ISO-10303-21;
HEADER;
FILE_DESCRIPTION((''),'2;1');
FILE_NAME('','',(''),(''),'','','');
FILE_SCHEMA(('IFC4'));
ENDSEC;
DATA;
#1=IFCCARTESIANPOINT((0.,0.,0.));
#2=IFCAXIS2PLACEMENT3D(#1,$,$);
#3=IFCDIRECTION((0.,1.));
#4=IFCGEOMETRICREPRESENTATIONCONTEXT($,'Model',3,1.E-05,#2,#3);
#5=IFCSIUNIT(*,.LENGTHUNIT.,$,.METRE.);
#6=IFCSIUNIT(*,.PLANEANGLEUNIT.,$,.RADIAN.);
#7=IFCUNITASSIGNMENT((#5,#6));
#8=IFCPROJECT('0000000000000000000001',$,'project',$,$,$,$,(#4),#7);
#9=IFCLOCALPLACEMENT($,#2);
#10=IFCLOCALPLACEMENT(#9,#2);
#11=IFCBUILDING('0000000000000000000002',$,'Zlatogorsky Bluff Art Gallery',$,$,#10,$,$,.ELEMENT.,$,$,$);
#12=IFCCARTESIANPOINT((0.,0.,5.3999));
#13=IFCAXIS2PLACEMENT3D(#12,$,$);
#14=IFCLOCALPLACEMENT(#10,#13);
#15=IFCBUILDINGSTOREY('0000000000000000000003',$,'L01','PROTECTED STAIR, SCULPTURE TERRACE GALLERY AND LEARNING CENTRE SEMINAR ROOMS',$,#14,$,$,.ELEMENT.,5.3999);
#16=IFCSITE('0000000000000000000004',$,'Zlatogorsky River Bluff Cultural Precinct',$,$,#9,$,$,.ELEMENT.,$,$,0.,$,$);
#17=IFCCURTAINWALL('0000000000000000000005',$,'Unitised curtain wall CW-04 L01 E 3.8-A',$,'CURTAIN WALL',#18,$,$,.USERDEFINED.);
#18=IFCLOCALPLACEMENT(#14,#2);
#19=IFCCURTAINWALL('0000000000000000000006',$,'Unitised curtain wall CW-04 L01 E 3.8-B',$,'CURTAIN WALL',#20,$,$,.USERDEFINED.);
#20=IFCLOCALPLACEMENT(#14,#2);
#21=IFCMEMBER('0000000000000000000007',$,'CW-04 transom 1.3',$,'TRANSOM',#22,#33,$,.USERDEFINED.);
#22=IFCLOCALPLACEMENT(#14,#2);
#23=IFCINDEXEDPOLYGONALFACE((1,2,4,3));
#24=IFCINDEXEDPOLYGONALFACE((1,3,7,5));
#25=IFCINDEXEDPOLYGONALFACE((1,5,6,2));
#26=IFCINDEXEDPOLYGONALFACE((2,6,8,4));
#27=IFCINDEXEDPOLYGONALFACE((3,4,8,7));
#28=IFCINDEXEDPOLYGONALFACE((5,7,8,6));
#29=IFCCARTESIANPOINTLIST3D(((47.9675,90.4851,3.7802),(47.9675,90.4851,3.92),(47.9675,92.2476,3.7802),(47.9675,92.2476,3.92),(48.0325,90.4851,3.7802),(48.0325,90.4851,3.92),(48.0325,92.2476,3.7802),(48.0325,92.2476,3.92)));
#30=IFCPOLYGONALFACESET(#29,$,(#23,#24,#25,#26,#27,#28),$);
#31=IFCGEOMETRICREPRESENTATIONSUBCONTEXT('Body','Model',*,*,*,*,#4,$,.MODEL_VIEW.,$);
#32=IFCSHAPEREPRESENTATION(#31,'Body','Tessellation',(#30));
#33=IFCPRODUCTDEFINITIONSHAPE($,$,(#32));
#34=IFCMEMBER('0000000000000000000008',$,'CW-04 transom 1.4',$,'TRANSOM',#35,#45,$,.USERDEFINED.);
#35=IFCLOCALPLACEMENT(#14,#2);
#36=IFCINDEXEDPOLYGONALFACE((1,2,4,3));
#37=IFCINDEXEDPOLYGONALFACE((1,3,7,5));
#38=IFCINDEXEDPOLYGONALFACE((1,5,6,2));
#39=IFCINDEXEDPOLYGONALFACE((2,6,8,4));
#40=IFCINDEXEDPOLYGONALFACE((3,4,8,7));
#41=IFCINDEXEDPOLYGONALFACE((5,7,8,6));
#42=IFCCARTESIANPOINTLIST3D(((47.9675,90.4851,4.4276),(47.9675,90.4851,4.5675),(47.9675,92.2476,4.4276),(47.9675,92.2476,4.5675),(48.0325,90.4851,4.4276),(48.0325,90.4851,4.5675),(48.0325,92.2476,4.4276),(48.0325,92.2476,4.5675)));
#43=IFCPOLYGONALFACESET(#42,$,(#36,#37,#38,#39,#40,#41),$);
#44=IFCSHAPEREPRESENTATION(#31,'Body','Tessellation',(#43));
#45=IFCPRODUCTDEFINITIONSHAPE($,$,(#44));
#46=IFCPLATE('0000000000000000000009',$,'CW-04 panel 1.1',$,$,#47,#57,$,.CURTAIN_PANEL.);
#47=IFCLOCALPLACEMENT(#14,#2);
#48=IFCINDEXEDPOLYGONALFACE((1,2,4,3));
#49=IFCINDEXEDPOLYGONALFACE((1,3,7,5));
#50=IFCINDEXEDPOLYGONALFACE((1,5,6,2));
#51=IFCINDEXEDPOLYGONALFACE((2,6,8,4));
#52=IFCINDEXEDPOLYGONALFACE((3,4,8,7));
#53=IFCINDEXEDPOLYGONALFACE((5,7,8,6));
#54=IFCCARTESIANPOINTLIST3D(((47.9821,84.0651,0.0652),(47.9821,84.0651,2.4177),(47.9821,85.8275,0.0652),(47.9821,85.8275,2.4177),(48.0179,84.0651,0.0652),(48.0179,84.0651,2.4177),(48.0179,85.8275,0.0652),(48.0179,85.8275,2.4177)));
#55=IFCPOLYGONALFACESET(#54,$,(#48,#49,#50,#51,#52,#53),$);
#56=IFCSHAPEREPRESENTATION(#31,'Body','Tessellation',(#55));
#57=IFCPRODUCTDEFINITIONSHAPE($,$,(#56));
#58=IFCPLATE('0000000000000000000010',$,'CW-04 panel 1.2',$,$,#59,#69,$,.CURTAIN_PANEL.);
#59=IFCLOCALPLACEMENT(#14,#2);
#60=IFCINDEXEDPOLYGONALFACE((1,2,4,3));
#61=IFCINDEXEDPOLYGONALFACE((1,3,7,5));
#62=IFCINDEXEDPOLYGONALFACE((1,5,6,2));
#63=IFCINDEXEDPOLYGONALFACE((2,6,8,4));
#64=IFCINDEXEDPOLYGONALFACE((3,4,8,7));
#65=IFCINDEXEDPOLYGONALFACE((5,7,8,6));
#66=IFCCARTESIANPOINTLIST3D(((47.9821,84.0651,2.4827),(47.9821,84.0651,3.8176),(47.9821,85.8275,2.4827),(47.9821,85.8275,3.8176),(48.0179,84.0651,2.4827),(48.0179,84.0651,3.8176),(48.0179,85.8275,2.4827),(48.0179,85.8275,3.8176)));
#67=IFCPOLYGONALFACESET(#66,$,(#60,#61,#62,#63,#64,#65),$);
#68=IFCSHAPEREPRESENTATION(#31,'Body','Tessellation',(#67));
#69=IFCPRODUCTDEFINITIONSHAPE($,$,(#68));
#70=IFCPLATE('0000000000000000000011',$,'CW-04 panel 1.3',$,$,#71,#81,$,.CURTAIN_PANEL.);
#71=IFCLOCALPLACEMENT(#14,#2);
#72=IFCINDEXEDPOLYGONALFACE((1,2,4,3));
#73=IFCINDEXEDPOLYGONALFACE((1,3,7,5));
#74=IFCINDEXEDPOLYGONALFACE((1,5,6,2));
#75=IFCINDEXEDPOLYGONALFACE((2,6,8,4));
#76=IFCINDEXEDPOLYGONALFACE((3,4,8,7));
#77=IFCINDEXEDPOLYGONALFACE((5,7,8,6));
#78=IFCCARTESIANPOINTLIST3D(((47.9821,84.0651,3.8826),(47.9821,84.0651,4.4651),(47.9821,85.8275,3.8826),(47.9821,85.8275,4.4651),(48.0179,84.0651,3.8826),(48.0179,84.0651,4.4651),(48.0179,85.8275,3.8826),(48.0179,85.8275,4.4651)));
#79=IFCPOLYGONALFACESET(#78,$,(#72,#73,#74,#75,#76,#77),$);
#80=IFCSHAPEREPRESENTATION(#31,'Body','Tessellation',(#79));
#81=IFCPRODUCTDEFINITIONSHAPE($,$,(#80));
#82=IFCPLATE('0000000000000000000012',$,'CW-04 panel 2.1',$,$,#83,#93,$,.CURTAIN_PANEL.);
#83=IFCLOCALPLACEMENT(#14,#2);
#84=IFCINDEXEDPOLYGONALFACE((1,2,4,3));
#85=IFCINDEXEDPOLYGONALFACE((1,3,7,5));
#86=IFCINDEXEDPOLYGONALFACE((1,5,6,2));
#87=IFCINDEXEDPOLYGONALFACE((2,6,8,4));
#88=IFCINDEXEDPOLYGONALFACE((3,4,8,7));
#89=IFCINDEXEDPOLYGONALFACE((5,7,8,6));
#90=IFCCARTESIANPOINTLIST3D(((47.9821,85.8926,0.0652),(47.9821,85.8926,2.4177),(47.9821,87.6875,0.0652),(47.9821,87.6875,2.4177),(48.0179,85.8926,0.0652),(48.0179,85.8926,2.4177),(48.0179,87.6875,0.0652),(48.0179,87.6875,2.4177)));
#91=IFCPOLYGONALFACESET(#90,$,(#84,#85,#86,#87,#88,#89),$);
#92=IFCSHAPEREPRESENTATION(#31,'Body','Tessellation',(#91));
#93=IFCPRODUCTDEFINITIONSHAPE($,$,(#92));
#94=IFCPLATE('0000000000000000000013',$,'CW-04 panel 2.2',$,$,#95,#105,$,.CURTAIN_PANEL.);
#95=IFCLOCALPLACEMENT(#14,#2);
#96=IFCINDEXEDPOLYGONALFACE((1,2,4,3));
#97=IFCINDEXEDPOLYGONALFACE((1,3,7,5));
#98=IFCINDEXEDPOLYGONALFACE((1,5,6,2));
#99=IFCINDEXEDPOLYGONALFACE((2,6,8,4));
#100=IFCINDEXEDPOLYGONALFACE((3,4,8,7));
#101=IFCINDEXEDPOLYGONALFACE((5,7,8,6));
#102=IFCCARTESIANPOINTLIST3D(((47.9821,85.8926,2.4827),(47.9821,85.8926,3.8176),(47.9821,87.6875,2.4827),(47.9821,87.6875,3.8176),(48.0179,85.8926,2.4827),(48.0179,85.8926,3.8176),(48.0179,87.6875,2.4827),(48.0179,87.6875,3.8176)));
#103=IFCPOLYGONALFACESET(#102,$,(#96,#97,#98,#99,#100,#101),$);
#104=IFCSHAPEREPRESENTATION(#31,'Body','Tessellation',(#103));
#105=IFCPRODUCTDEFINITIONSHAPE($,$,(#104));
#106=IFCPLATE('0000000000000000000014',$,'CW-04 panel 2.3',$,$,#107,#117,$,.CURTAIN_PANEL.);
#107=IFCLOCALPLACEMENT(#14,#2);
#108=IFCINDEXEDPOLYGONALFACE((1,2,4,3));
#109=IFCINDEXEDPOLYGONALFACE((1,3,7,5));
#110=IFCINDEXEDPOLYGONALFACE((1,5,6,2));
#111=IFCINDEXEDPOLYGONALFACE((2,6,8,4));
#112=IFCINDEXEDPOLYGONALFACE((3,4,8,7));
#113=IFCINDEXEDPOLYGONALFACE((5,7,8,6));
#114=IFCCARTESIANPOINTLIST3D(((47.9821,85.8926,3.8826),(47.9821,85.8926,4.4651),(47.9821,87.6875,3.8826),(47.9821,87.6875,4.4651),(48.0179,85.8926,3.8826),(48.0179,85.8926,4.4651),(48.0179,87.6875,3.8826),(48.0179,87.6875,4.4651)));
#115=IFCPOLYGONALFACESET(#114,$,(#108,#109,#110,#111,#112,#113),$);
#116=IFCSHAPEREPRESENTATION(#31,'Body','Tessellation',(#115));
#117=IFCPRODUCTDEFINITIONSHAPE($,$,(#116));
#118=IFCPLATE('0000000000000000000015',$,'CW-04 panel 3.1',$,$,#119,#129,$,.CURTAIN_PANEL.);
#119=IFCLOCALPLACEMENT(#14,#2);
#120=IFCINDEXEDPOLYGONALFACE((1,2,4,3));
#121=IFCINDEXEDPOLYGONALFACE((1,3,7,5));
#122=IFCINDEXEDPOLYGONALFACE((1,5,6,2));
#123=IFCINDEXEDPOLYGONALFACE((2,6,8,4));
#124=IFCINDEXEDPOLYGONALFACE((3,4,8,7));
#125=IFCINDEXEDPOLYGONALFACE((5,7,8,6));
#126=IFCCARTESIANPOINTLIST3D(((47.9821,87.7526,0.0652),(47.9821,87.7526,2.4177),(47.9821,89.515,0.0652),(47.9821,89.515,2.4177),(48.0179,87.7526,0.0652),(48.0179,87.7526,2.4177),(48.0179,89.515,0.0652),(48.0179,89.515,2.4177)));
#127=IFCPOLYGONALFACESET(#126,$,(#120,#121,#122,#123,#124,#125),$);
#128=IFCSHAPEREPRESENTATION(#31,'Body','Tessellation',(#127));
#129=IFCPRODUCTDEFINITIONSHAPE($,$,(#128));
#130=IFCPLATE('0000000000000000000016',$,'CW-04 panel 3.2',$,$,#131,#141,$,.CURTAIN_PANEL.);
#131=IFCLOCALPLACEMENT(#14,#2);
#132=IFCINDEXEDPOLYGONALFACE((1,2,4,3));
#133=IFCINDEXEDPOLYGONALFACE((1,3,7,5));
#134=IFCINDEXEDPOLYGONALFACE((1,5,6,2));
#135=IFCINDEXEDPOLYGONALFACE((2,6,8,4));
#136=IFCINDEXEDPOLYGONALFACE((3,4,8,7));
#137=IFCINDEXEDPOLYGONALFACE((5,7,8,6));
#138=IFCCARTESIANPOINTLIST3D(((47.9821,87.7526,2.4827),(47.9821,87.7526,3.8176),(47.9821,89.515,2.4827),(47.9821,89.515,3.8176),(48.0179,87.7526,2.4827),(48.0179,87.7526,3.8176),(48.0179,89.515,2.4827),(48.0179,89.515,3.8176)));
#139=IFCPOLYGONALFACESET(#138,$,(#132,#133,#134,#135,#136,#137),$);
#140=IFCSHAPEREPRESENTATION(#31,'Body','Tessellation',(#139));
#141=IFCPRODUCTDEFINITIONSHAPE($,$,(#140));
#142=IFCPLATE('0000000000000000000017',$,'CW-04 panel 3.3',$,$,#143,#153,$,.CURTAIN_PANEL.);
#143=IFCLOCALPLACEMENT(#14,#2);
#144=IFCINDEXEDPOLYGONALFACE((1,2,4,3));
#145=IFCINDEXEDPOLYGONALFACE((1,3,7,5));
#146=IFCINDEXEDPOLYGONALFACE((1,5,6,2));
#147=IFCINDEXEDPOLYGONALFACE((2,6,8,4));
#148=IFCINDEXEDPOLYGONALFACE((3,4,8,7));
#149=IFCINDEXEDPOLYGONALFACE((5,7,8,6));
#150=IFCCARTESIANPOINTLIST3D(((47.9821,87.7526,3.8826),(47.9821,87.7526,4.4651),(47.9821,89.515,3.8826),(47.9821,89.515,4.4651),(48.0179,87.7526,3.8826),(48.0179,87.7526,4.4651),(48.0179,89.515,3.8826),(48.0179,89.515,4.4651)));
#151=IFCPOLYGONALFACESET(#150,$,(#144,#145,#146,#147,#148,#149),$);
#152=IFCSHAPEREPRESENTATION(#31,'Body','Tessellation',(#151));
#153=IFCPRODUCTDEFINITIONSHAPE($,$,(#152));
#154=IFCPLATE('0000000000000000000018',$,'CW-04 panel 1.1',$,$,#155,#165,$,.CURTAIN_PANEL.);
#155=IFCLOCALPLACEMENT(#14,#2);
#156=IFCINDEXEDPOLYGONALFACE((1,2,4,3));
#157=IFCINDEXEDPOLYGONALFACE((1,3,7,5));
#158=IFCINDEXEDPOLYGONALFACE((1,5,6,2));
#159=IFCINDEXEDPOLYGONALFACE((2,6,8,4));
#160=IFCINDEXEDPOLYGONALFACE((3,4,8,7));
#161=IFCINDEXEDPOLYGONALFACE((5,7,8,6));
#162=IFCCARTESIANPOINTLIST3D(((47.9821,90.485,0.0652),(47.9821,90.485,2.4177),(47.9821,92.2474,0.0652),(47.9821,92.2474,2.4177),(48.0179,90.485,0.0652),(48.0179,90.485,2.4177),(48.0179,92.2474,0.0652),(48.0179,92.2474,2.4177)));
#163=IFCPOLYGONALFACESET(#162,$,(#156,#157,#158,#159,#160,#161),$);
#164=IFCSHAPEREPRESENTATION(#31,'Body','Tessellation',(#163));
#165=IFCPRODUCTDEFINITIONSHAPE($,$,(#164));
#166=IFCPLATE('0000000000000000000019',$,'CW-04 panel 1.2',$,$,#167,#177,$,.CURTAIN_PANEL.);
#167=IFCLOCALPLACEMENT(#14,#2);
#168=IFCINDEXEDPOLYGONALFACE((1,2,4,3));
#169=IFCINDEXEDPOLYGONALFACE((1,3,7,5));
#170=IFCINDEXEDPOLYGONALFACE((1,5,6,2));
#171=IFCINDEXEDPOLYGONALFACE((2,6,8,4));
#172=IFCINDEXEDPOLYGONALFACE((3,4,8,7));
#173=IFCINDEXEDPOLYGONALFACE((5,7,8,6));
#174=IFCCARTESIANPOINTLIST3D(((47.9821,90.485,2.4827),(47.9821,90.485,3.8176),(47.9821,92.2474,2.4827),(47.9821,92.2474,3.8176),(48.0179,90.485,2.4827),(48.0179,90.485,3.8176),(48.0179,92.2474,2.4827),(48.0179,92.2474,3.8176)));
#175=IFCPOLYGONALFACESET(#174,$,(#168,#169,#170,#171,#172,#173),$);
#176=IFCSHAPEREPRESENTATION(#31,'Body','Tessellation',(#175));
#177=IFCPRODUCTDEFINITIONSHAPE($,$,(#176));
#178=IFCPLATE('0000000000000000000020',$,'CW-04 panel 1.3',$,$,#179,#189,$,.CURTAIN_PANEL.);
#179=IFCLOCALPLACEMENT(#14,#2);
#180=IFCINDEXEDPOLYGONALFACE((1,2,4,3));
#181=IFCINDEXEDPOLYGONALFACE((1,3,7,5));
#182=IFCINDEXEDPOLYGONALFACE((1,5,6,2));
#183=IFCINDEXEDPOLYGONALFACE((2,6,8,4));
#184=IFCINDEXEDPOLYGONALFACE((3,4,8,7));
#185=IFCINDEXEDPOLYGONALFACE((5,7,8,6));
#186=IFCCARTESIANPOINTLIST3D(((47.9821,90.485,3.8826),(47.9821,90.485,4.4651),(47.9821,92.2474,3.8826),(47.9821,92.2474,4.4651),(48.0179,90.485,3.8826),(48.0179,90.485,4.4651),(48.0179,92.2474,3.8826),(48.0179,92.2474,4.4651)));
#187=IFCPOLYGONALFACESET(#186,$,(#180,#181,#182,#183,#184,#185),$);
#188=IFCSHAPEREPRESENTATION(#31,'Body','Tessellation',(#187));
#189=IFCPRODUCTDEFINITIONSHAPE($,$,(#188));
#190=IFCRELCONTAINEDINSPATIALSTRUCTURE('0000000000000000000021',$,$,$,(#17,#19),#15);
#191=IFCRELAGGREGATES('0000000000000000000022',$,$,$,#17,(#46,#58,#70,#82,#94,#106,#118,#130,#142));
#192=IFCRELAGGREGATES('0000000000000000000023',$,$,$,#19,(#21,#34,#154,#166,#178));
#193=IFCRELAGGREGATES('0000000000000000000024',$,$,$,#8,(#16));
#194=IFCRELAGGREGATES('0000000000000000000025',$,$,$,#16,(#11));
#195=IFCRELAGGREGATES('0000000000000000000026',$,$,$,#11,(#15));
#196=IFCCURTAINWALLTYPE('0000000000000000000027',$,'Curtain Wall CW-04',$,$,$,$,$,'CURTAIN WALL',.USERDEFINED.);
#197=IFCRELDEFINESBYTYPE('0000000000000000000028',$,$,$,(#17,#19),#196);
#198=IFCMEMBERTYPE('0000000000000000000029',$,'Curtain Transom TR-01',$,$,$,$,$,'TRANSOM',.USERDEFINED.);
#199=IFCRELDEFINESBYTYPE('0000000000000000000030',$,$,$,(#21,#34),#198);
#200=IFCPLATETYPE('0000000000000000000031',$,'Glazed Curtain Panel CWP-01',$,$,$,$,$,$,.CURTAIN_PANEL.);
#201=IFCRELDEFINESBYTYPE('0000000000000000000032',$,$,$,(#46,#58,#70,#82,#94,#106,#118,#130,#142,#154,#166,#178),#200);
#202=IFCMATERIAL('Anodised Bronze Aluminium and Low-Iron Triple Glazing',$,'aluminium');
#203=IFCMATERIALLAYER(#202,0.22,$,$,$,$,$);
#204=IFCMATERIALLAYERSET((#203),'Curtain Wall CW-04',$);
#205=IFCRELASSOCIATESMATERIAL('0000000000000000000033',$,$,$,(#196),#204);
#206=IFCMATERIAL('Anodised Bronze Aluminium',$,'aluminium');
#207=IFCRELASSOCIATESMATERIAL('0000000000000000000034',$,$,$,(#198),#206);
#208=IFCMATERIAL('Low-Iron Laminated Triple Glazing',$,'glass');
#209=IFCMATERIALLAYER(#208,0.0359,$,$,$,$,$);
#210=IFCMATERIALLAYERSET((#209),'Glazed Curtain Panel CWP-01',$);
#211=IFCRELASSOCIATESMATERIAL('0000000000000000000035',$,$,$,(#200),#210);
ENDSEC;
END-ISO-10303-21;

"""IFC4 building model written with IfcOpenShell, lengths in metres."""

from ifc_helpers import new_model, si_unit, direction, frame, origin, origin_2d, place, context, subcontext, project, spatial, rectangle, extrude, material, layer, layer_set, material_profile, profile_set, type_object, element, aggregate, save


model = new_model("IFC4")

# Units and contexts
model_context = context("Model", 3, precision=1e-05, world=origin(), true_north=direction((0.0, 1.0)))
body_context = subcontext(model_context, "Body", "Model", "MODEL_VIEW")
ifc_project = project(units=[si_unit("LENGTHUNIT", "METRE"), si_unit("PLANEANGLEUNIT", "RADIAN")], contexts=[model_context])

# Site, building, storey
site_placement = place(None, origin())
site = spatial("IfcSite", under=ifc_project, at=site_placement, Name="Zlatogorsky River Bluff Cultural Precinct", CompositionType="ELEMENT", RefElevation=0.0)
building_placement = place(site_placement, origin())
building = spatial("IfcBuilding", under=site, at=building_placement, Name="Zlatogorsky Bluff Art Gallery", CompositionType="ELEMENT")
storey_placement = place(building_placement, frame((0.0, 0.0, 5.3999)))
storey = spatial("IfcBuildingStorey", under=building, at=storey_placement, Name="L01", Description="PROTECTED STAIR, SCULPTURE TERRACE GALLERY AND LEARNING CENTRE SEMINAR ROOMS", CompositionType="ELEMENT", Elevation=5.3999)

# Curtain wall
ifc_material_1 = material(Name="Anodised Bronze Aluminium and Low-Iron Triple Glazing", Category="aluminium")
ifc_layer_1 = layer(ifc_material_1, 0.22)
ifc_layer_set_1 = layer_set([ifc_layer_1], Name="Curtain Wall CW-04")
curtain_wall_type = type_object("IfcCurtainWallType", Name="Curtain Wall CW-04", ElementType="CURTAIN WALL", PredefinedType="USERDEFINED", material=ifc_layer_set_1)
curtain_wall_1_placement = place(storey_placement, origin())
curtain_wall_1 = element("IfcCurtainWall", 1, at=curtain_wall_1_placement, inside=storey, type_object=curtain_wall_type, Name="Unitised curtain wall CW-04 L01 E 3.8-A", ObjectType="CURTAIN WALL", PredefinedType="USERDEFINED")
ifc_material_2 = material(Name="Anodised Bronze Aluminium", Category="aluminium")

# Curtain wall
curtain_wall_2_placement = place(storey_placement, origin())
curtain_wall_2 = element("IfcCurtainWall", 2, at=curtain_wall_2_placement, inside=storey, type_object=curtain_wall_type, Name="Unitised curtain wall CW-04 L01 E 3.8-B", ObjectType="CURTAIN WALL", PredefinedType="USERDEFINED")

# Members
ifc_material_profile_1 = material_profile(ifc_material_2, rectangle(XDim=0.0649, YDim=0.1399, at=origin_2d()), Name="ALU TRANSOM 65x140")
ifc_profile_set_1 = profile_set([ifc_material_profile_1], Name="Anodised Bronze Aluminium")
member_type_1 = type_object("IfcMemberType", Name="Curtain Transom TR-01", ElementType="TRANSOM", PredefinedType="USERDEFINED", material=ifc_profile_set_1)
member_1_placement = place(storey_placement, frame((48.0, 90.4851, 3.8501), z_axis=(0.0, 1.0, 0.0), x_axis=(-1.0, 0.0, 0.0)))
member_1 = element("IfcMember", 3, at=member_1_placement, type_object=member_type_1, Name="CW-04 transom 1.3", ObjectType="TRANSOM", PredefinedType="USERDEFINED", context=body_context, shape_type="SweptSolid", body=[
    extrude(rectangle(XDim=0.0649, YDim=0.1399, at=origin_2d()), origin(), (0.0, 0.0, 1.0), 1.7625),
])
member_2_placement = place(storey_placement, frame((48.0, 90.4851, 4.4976), z_axis=(0.0, 1.0, 0.0), x_axis=(-1.0, 0.0, 0.0)))
member_2 = element("IfcMember", 4, at=member_2_placement, type_object=member_type_1, Name="CW-04 transom 1.4", ObjectType="TRANSOM", PredefinedType="USERDEFINED", context=body_context, shape_type="SweptSolid", body=[
    extrude(rectangle(XDim=0.0649, YDim=0.1399, at=origin_2d()), origin(), (0.0, 0.0, 1.0), 1.7625),
])

# Plates
ifc_material_3 = material(Name="Low-Iron Laminated Triple Glazing", Category="glass")
ifc_layer_2 = layer(ifc_material_3, 0.0359)
ifc_layer_set_2 = layer_set([ifc_layer_2], Name="Glazed Curtain Panel CWP-01")
plate_type = type_object("IfcPlateType", Name="Glazed Curtain Panel CWP-01", PredefinedType="CURTAIN_PANEL", material=ifc_layer_set_2)
plate_1_placement = place(storey_placement, frame((48.0, 84.9463, 0.0652), z_axis=(0.0, 0.0, 1.0), x_axis=(0.0, 1.0, 0.0)))
plate_1 = element("IfcPlate", 5, at=plate_1_placement, type_object=plate_type, Name="CW-04 panel 1.1", PredefinedType="CURTAIN_PANEL", context=body_context, shape_type="SweptSolid", body=[
    extrude(rectangle(XDim=1.7625, YDim=0.0359, at=origin_2d()), origin(), (0.0, 0.0, 1.0), 2.3525),
])
plate_2_placement = place(storey_placement, frame((48.0, 84.9463, 2.4827), z_axis=(0.0, 0.0, 1.0), x_axis=(0.0, 1.0, 0.0)))
plate_2 = element("IfcPlate", 6, at=plate_2_placement, type_object=plate_type, Name="CW-04 panel 1.2", PredefinedType="CURTAIN_PANEL", context=body_context, shape_type="SweptSolid", body=[
    extrude(rectangle(XDim=1.7625, YDim=0.0359, at=origin_2d()), origin(), (0.0, 0.0, 1.0), 1.335),
])
plate_3_placement = place(storey_placement, frame((48.0, 84.9463, 3.8826), z_axis=(0.0, 0.0, 1.0), x_axis=(0.0, 1.0, 0.0)))
plate_3 = element("IfcPlate", 7, at=plate_3_placement, type_object=plate_type, Name="CW-04 panel 1.3", PredefinedType="CURTAIN_PANEL", context=body_context, shape_type="SweptSolid", body=[
    extrude(rectangle(XDim=1.7625, YDim=0.0359, at=origin_2d()), origin(), (0.0, 0.0, 1.0), 0.5825),
])
plate_4_placement = place(storey_placement, frame((48.0, 86.79, 0.0652), z_axis=(0.0, 0.0, 1.0), x_axis=(0.0, 1.0, 0.0)))
plate_4 = element("IfcPlate", 8, at=plate_4_placement, type_object=plate_type, Name="CW-04 panel 2.1", PredefinedType="CURTAIN_PANEL", context=body_context, shape_type="SweptSolid", body=[
    extrude(rectangle(XDim=1.7949, YDim=0.0359, at=origin_2d()), origin(), (0.0, 0.0, 1.0), 2.3525),
])
plate_5_placement = place(storey_placement, frame((48.0, 86.79, 2.4827), z_axis=(0.0, 0.0, 1.0), x_axis=(0.0, 1.0, 0.0)))
plate_5 = element("IfcPlate", 9, at=plate_5_placement, type_object=plate_type, Name="CW-04 panel 2.2", PredefinedType="CURTAIN_PANEL", context=body_context, shape_type="SweptSolid", body=[
    extrude(rectangle(XDim=1.7949, YDim=0.0359, at=origin_2d()), origin(), (0.0, 0.0, 1.0), 1.335),
])
plate_6_placement = place(storey_placement, frame((48.0, 86.79, 3.8826), z_axis=(0.0, 0.0, 1.0), x_axis=(0.0, 1.0, 0.0)))
plate_6 = element("IfcPlate", 10, at=plate_6_placement, type_object=plate_type, Name="CW-04 panel 2.3", PredefinedType="CURTAIN_PANEL", context=body_context, shape_type="SweptSolid", body=[
    extrude(rectangle(XDim=1.7949, YDim=0.0359, at=origin_2d()), origin(), (0.0, 0.0, 1.0), 0.5825),
])
plate_7_placement = place(storey_placement, frame((48.0, 88.6338, 0.0652), z_axis=(0.0, 0.0, 1.0), x_axis=(0.0, 1.0, 0.0)))
plate_7 = element("IfcPlate", 11, at=plate_7_placement, type_object=plate_type, Name="CW-04 panel 3.1", PredefinedType="CURTAIN_PANEL", context=body_context, shape_type="SweptSolid", body=[
    extrude(rectangle(XDim=1.7625, YDim=0.0359, at=origin_2d()), origin(), (0.0, 0.0, 1.0), 2.3525),
])
plate_8_placement = place(storey_placement, frame((48.0, 88.6338, 2.4827), z_axis=(0.0, 0.0, 1.0), x_axis=(0.0, 1.0, 0.0)))
plate_8 = element("IfcPlate", 12, at=plate_8_placement, type_object=plate_type, Name="CW-04 panel 3.2", PredefinedType="CURTAIN_PANEL", context=body_context, shape_type="SweptSolid", body=[
    extrude(rectangle(XDim=1.7625, YDim=0.0359, at=origin_2d()), origin(), (0.0, 0.0, 1.0), 1.335),
])
plate_9_placement = place(storey_placement, frame((48.0, 88.6338, 3.8826), z_axis=(0.0, 0.0, 1.0), x_axis=(0.0, 1.0, 0.0)))
plate_9 = element("IfcPlate", 13, at=plate_9_placement, type_object=plate_type, Name="CW-04 panel 3.3", PredefinedType="CURTAIN_PANEL", context=body_context, shape_type="SweptSolid", body=[
    extrude(rectangle(XDim=1.7625, YDim=0.0359, at=origin_2d()), origin(), (0.0, 0.0, 1.0), 0.5825),
])
aggregate(curtain_wall_1, [plate_1, plate_2, plate_3, plate_4, plate_5, plate_6, plate_7, plate_8, plate_9])
plate_10_placement = place(storey_placement, frame((48.0, 91.3662, 0.0652), z_axis=(0.0, 0.0, 1.0), x_axis=(0.0, 1.0, 0.0)))
plate_10 = element("IfcPlate", 14, at=plate_10_placement, type_object=plate_type, Name="CW-04 panel 1.1", PredefinedType="CURTAIN_PANEL", context=body_context, shape_type="SweptSolid", body=[
    extrude(rectangle(XDim=1.7625, YDim=0.0359, at=origin_2d()), origin(), (0.0, 0.0, 1.0), 2.3525),
])
plate_11_placement = place(storey_placement, frame((48.0, 91.3662, 2.4827), z_axis=(0.0, 0.0, 1.0), x_axis=(0.0, 1.0, 0.0)))
plate_11 = element("IfcPlate", 15, at=plate_11_placement, type_object=plate_type, Name="CW-04 panel 1.2", PredefinedType="CURTAIN_PANEL", context=body_context, shape_type="SweptSolid", body=[
    extrude(rectangle(XDim=1.7625, YDim=0.0359, at=origin_2d()), origin(), (0.0, 0.0, 1.0), 1.335),
])
plate_12_placement = place(storey_placement, frame((48.0, 91.3662, 3.8826), z_axis=(0.0, 0.0, 1.0), x_axis=(0.0, 1.0, 0.0)))
plate_12 = element("IfcPlate", 16, at=plate_12_placement, type_object=plate_type, Name="CW-04 panel 1.3", PredefinedType="CURTAIN_PANEL", context=body_context, shape_type="SweptSolid", body=[
    extrude(rectangle(XDim=1.7625, YDim=0.0359, at=origin_2d()), origin(), (0.0, 0.0, 1.0), 0.5825),
])
aggregate(curtain_wall_2, [member_1, member_2, plate_10, plate_11, plate_12])

save(model, "model.ifc")
